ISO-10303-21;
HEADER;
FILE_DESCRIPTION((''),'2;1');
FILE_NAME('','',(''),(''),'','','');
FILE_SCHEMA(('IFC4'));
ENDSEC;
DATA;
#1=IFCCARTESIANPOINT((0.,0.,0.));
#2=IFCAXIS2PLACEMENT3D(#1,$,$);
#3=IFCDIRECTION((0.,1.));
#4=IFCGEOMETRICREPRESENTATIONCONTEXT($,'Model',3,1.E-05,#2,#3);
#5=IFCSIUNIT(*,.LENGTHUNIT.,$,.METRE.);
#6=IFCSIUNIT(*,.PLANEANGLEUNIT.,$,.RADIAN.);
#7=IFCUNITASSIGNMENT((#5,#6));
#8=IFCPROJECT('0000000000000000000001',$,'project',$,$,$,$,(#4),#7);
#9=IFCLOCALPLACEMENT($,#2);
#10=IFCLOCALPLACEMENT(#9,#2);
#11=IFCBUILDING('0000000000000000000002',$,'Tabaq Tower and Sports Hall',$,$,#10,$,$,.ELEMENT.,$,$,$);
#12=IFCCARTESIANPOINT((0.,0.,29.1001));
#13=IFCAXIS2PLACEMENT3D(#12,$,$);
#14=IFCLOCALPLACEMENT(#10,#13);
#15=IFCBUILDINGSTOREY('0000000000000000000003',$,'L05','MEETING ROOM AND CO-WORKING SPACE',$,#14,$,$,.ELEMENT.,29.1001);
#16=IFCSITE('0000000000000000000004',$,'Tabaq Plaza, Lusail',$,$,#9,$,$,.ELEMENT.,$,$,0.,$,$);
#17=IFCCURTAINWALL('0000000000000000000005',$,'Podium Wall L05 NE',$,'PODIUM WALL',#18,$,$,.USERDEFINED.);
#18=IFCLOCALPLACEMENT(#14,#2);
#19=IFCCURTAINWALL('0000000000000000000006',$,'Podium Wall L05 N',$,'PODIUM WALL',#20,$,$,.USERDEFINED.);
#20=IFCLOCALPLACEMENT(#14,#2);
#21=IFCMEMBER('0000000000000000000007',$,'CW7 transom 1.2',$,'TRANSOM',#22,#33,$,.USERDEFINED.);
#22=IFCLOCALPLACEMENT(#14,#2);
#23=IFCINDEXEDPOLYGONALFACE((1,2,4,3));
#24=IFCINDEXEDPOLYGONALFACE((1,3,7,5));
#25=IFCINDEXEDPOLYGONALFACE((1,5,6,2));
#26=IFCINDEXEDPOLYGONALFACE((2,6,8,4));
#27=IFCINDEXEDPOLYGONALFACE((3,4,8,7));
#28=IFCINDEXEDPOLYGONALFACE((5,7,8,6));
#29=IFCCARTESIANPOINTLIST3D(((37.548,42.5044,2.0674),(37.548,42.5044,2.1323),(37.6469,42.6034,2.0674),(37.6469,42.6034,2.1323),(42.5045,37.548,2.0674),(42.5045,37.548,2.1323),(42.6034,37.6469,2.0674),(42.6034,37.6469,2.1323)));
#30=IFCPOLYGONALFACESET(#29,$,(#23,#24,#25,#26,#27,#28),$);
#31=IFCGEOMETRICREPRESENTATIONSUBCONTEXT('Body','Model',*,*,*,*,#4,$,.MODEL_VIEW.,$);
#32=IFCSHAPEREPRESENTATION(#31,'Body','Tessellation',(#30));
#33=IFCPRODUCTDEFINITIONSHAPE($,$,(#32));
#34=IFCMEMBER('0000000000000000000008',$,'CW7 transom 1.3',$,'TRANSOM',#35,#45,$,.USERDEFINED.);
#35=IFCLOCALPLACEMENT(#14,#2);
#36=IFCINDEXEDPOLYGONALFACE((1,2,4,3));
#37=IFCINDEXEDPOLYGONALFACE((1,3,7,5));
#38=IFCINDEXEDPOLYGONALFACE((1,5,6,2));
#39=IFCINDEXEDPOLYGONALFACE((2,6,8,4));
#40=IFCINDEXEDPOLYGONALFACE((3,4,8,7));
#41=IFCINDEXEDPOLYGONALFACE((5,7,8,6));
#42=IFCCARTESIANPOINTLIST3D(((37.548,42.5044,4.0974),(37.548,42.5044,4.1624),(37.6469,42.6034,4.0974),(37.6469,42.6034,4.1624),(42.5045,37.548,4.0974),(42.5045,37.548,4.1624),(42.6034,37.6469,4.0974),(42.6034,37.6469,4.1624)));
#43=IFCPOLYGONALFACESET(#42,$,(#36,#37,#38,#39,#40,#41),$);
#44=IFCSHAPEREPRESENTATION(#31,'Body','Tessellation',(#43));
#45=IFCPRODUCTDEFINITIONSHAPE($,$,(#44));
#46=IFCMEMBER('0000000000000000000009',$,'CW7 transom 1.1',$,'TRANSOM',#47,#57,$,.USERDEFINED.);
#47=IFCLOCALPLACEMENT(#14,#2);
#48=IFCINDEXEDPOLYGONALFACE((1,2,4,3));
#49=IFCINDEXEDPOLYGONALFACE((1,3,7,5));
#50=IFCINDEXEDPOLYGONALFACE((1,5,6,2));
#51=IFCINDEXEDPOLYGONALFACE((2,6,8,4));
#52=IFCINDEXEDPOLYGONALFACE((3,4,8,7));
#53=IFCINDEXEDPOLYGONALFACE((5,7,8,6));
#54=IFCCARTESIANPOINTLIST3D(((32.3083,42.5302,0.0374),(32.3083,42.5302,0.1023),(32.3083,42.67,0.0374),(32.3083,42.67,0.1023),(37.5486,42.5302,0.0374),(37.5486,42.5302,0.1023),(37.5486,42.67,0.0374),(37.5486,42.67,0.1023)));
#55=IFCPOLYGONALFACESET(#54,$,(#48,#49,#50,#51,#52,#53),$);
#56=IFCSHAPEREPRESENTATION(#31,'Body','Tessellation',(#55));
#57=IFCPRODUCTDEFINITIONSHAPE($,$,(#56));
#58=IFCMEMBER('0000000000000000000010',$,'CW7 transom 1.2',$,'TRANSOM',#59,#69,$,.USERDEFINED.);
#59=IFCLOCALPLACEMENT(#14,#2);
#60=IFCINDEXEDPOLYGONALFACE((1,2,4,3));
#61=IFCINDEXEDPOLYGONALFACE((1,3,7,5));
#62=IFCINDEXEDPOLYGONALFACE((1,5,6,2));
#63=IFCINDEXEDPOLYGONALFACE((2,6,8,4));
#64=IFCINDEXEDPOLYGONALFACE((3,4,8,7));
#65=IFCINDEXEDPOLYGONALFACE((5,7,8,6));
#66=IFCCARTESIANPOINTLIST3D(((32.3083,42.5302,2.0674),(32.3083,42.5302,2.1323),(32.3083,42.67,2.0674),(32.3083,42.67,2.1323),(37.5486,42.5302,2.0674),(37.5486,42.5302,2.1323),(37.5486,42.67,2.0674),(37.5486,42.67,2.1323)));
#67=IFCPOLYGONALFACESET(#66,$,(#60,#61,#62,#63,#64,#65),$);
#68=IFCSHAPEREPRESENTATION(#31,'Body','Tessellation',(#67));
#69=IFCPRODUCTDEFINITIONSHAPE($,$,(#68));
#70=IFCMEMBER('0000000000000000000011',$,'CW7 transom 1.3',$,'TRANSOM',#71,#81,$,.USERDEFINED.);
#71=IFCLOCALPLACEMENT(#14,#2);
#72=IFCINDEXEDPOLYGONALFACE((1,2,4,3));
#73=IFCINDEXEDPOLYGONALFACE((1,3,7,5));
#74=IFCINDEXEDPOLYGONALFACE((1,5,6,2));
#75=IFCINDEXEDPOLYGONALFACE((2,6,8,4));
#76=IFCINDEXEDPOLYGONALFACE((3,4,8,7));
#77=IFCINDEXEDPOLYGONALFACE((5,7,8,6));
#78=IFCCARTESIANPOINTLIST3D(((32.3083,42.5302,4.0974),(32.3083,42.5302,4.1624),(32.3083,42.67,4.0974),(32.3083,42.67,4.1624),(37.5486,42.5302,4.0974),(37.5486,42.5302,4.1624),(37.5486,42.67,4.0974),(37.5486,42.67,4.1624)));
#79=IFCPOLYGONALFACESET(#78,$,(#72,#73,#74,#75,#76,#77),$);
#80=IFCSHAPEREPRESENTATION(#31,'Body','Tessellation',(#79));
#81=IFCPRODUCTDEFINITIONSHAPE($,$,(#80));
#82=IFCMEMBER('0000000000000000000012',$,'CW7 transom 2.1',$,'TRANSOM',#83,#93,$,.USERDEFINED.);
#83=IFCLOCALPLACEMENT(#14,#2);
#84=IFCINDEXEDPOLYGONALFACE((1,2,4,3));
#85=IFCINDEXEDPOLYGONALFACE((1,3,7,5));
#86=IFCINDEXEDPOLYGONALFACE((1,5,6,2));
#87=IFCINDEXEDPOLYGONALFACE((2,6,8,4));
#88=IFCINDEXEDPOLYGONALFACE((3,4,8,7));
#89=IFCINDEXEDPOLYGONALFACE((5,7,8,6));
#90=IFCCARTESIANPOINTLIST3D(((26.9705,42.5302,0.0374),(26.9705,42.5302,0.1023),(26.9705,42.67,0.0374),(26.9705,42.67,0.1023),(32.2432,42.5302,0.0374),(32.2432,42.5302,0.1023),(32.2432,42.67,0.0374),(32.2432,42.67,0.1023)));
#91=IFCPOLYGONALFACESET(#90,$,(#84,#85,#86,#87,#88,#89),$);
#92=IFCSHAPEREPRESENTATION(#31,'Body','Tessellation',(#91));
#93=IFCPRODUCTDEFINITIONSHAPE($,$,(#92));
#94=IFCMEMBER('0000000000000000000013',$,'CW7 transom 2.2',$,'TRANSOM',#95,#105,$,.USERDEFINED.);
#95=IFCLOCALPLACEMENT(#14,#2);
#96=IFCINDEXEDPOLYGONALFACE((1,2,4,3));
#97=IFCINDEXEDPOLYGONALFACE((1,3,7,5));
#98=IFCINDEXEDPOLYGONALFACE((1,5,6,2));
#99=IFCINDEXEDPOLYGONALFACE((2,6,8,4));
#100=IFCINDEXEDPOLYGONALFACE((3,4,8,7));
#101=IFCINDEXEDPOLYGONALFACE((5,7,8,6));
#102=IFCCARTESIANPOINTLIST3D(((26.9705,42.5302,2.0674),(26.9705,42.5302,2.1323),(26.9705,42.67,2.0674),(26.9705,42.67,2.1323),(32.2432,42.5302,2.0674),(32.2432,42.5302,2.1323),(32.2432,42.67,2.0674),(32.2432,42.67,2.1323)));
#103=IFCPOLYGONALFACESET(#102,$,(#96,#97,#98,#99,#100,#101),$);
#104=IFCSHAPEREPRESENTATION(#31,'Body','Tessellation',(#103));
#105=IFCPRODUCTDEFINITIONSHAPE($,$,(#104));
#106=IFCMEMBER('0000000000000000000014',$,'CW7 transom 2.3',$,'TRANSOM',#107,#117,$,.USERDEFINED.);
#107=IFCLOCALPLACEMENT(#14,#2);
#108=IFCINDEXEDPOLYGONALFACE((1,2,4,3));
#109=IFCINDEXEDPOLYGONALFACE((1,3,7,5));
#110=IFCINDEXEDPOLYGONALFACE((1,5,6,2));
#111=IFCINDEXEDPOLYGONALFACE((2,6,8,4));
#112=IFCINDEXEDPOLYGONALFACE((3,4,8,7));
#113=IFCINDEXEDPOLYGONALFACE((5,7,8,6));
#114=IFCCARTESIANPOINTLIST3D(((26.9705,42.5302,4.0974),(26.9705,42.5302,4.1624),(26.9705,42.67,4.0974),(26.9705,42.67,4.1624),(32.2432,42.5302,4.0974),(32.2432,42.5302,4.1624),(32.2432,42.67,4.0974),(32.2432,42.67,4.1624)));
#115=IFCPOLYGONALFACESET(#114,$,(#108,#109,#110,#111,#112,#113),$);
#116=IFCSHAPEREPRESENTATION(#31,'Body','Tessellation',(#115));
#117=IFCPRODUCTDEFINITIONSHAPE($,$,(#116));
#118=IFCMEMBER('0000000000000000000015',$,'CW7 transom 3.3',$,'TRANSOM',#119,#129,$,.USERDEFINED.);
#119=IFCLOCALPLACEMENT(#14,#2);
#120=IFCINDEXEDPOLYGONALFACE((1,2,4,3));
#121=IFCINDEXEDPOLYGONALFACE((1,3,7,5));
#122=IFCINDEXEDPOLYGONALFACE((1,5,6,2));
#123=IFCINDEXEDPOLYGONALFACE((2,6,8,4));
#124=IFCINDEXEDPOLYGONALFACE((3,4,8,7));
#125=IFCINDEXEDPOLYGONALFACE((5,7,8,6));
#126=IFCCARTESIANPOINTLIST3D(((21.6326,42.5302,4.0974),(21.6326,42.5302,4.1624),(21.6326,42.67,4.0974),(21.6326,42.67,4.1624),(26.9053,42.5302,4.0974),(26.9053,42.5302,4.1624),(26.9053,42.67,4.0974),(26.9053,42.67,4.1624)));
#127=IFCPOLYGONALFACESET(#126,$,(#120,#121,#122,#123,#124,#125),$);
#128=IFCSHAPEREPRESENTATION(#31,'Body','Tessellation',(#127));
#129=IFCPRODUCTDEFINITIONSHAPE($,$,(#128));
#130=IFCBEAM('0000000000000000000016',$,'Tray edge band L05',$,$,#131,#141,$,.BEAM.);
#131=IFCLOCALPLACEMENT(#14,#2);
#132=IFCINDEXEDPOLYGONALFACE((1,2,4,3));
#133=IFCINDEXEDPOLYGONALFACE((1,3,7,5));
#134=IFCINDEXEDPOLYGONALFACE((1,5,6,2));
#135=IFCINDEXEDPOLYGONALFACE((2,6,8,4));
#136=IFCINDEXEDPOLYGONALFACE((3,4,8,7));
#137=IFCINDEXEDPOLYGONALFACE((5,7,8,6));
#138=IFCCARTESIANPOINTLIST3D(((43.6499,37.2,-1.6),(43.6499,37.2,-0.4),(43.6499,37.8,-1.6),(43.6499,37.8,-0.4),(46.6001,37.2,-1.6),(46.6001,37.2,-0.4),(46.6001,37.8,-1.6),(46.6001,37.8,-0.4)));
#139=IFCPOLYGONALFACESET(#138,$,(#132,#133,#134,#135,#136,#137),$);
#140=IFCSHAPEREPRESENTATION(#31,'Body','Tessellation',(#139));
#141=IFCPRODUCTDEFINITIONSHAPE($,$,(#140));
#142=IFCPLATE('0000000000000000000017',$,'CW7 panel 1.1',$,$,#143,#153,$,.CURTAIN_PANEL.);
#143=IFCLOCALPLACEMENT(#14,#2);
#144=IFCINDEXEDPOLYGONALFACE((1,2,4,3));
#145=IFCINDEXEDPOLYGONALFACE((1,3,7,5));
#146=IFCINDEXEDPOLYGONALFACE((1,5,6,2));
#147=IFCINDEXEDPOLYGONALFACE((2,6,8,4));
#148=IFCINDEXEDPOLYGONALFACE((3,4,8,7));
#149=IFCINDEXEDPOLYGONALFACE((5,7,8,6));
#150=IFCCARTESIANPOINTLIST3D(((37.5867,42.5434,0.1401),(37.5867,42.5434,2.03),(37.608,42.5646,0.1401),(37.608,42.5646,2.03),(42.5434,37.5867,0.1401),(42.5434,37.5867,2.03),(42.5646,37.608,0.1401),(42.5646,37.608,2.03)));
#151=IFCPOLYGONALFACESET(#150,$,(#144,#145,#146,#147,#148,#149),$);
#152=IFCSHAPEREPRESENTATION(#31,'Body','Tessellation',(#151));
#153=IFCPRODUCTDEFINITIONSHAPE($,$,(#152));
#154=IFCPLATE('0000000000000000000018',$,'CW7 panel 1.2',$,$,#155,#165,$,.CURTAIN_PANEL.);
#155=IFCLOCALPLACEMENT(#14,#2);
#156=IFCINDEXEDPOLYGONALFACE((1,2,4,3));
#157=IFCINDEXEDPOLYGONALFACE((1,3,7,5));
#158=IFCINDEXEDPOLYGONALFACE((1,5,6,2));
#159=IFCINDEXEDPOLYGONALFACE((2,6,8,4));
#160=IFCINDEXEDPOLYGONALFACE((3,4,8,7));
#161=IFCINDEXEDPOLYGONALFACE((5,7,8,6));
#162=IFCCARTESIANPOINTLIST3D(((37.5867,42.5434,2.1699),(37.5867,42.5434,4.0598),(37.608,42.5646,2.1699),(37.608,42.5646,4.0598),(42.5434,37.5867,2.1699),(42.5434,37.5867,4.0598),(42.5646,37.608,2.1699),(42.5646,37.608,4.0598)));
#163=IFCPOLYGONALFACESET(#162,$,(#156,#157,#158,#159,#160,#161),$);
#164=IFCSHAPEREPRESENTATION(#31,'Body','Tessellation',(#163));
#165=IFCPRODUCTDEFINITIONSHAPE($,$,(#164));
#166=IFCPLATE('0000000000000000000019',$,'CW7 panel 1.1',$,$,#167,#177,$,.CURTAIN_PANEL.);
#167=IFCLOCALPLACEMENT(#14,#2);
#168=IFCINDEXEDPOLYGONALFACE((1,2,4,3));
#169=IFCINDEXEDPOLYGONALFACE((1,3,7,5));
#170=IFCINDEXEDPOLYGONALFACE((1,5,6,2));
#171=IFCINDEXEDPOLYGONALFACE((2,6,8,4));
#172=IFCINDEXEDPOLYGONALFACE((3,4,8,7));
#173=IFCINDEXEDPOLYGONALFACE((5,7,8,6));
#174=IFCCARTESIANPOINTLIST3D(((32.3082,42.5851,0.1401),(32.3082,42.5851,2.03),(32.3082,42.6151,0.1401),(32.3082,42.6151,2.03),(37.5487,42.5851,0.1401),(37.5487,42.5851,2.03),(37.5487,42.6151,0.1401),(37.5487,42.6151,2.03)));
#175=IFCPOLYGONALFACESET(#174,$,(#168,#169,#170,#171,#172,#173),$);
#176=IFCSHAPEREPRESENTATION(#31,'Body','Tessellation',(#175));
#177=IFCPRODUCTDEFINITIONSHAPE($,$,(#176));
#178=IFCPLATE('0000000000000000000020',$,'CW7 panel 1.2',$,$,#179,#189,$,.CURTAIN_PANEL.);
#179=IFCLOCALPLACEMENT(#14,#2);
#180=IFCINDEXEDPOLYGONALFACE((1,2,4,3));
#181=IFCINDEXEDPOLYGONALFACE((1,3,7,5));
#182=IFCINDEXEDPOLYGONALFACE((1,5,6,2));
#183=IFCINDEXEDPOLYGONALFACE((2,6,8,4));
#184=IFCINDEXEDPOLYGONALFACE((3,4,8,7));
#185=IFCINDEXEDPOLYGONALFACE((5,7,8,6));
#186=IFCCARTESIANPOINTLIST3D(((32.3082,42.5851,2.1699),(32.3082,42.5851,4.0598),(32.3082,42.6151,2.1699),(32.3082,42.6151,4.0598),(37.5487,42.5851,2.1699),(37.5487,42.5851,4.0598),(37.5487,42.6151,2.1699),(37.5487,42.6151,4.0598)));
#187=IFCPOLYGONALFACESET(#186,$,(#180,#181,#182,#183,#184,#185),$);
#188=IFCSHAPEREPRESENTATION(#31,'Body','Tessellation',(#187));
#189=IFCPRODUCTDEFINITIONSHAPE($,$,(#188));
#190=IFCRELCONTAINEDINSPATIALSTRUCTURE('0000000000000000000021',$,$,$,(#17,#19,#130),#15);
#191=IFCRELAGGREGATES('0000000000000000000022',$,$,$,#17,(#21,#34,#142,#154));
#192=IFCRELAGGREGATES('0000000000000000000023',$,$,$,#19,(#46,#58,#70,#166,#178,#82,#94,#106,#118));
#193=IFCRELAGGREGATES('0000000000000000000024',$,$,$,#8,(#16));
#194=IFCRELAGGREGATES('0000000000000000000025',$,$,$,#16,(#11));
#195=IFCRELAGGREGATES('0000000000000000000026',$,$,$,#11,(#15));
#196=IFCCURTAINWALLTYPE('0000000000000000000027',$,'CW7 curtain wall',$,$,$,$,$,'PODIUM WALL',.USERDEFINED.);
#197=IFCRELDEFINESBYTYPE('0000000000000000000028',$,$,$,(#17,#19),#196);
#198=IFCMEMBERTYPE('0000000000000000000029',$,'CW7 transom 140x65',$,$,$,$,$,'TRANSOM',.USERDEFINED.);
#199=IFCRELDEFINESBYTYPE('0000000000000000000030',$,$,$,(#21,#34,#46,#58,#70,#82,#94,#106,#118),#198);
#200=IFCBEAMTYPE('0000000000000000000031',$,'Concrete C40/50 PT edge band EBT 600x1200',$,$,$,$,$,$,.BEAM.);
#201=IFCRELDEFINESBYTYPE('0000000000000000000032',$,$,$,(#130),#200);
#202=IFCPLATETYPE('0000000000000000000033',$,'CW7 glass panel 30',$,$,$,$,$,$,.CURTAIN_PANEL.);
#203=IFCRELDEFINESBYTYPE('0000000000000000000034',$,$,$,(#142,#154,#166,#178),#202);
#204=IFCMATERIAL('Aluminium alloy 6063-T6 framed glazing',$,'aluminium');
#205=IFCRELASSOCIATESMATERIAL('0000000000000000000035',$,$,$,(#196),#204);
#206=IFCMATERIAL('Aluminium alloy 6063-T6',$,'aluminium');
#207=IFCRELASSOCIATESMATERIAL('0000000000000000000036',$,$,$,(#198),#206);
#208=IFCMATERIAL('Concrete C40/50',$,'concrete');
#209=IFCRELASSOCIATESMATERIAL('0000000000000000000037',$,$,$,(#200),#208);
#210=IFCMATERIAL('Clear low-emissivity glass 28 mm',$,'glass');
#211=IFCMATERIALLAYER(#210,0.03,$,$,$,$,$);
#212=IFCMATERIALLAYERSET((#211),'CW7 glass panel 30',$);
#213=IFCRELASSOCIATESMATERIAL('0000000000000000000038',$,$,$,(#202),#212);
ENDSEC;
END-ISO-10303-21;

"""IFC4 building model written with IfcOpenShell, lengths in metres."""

from ifc_helpers import new_model, si_unit, direction, frame, origin, origin_2d, place, context, subcontext, project, spatial, rectangle, extrude, material, layer, layer_set, material_profile, profile_set, type_object, element, aggregate, save


model = new_model("IFC4")

# Units and contexts
model_context = context("Model", 3, precision=1e-05, world=origin(), true_north=direction((0.0, 1.0)))
body_context = subcontext(model_context, "Body", "Model", "MODEL_VIEW")
ifc_project = project(units=[si_unit("LENGTHUNIT", "METRE"), si_unit("PLANEANGLEUNIT", "RADIAN")], contexts=[model_context])

# Site, building, storey
site_placement = place(None, origin())
site = spatial("IfcSite", under=ifc_project, at=site_placement, Name="Tabaq Plaza, Lusail", CompositionType="ELEMENT", RefElevation=0.0)
building_placement = place(site_placement, origin())
building = spatial("IfcBuilding", under=site, at=building_placement, Name="Tabaq Tower and Sports Hall", CompositionType="ELEMENT")
storey_placement = place(building_placement, frame((0.0, 0.0, 29.1001)))
storey = spatial("IfcBuildingStorey", under=building, at=storey_placement, Name="L05", Description="MEETING ROOM AND CO-WORKING SPACE", CompositionType="ELEMENT", Elevation=29.1001)

# Shared definitions
ifc_material_1 = material(Name="Aluminium alloy 6063-T6 framed glazing", Category="aluminium")
curtain_wall_type = type_object("IfcCurtainWallType", Name="CW7 curtain wall", ElementType="PODIUM WALL", PredefinedType="USERDEFINED", material=ifc_material_1)

# Curtain walls
curtain_wall_1_placement = place(storey_placement, origin())
curtain_wall_1 = element("IfcCurtainWall", 1, at=curtain_wall_1_placement, inside=storey, type_object=curtain_wall_type, Name="Podium Wall L05 NE", ObjectType="PODIUM WALL", PredefinedType="USERDEFINED")
curtain_wall_2_placement = place(storey_placement, origin())
curtain_wall_2 = element("IfcCurtainWall", 2, at=curtain_wall_2_placement, inside=storey, type_object=curtain_wall_type, Name="Podium Wall L05 N", ObjectType="PODIUM WALL", PredefinedType="USERDEFINED")

# Members
ifc_material_2 = material(Name="Aluminium alloy 6063-T6", Category="aluminium")
ifc_material_profile_1 = material_profile(ifc_material_2, rectangle(XDim=0.1399, YDim=0.0649, at=origin_2d()), Name="TRANSOM 140x65")
ifc_profile_set_1 = profile_set([ifc_material_profile_1], Name="Aluminium alloy 6063-T6")
member_type_1 = type_object("IfcMemberType", Name="CW7 transom 140x65", ElementType="TRANSOM", PredefinedType="USERDEFINED", material=ifc_profile_set_1)
member_1_placement = place(storey_placement, frame((42.554, 37.5974, 2.0999), z_axis=(-0.707107, 0.707107, 0.0), x_axis=(-0.707107, -0.707107, 0.0)))
member_1 = element("IfcMember", 3, at=member_1_placement, type_object=member_type_1, Name="CW7 transom 1.2", ObjectType="TRANSOM", PredefinedType="USERDEFINED", context=body_context, shape_type="SweptSolid", body=[
    extrude(rectangle(XDim=0.1399, YDim=0.0649, at=origin_2d()), origin(), (0.0, 0.0, 1.0), 7.0095),
])
member_2_placement = place(storey_placement, frame((42.554, 37.5974, 4.1299), z_axis=(-0.707107, 0.707107, 0.0), x_axis=(-0.707107, -0.707107, 0.0)))
member_2 = element("IfcMember", 4, at=member_2_placement, type_object=member_type_1, Name="CW7 transom 1.3", ObjectType="TRANSOM", PredefinedType="USERDEFINED", context=body_context, shape_type="SweptSolid", body=[
    extrude(rectangle(XDim=0.1399, YDim=0.0649, at=origin_2d()), origin(), (0.0, 0.0, 1.0), 7.0095),
])
member_3_placement = place(storey_placement, frame((37.5486, 42.6001, 0.0698), z_axis=(-1.0, 0.0, 0.0), x_axis=(0.0, -1.0, 0.0)))
member_3 = element("IfcMember", 5, at=member_3_placement, type_object=member_type_1, Name="CW7 transom 1.1", ObjectType="TRANSOM", PredefinedType="USERDEFINED", context=body_context, shape_type="SweptSolid", body=[
    extrude(rectangle(XDim=0.1399, YDim=0.0649, at=origin_2d()), origin(), (0.0, 0.0, 1.0), 5.2402),
])
member_4_placement = place(storey_placement, frame((37.5486, 42.6001, 2.0999), z_axis=(-1.0, 0.0, 0.0), x_axis=(0.0, -1.0, 0.0)))
member_4 = element("IfcMember", 6, at=member_4_placement, type_object=member_type_1, Name="CW7 transom 1.2", ObjectType="TRANSOM", PredefinedType="USERDEFINED", context=body_context, shape_type="SweptSolid", body=[
    extrude(rectangle(XDim=0.1399, YDim=0.0649, at=origin_2d()), origin(), (0.0, 0.0, 1.0), 5.2402),
])
member_5_placement = place(storey_placement, frame((37.5486, 42.6001, 4.1299), z_axis=(-1.0, 0.0, 0.0), x_axis=(0.0, -1.0, 0.0)))
member_5 = element("IfcMember", 7, at=member_5_placement, type_object=member_type_1, Name="CW7 transom 1.3", ObjectType="TRANSOM", PredefinedType="USERDEFINED", context=body_context, shape_type="SweptSolid", body=[
    extrude(rectangle(XDim=0.1399, YDim=0.0649, at=origin_2d()), origin(), (0.0, 0.0, 1.0), 5.2402),
])
member_6_placement = place(storey_placement, frame((32.2432, 42.6001, 0.0698), z_axis=(-1.0, 0.0, 0.0), x_axis=(0.0, -1.0, 0.0)))
member_6 = element("IfcMember", 8, at=member_6_placement, type_object=member_type_1, Name="CW7 transom 2.1", ObjectType="TRANSOM", PredefinedType="USERDEFINED", context=body_context, shape_type="SweptSolid", body=[
    extrude(rectangle(XDim=0.1399, YDim=0.0649, at=origin_2d()), origin(), (0.0, 0.0, 1.0), 5.2727),
])
member_7_placement = place(storey_placement, frame((32.2432, 42.6001, 2.0999), z_axis=(-1.0, 0.0, 0.0), x_axis=(0.0, -1.0, 0.0)))
member_7 = element("IfcMember", 9, at=member_7_placement, type_object=member_type_1, Name="CW7 transom 2.2", ObjectType="TRANSOM", PredefinedType="USERDEFINED", context=body_context, shape_type="SweptSolid", body=[
    extrude(rectangle(XDim=0.1399, YDim=0.0649, at=origin_2d()), origin(), (0.0, 0.0, 1.0), 5.2727),
])
member_8_placement = place(storey_placement, frame((32.2432, 42.6001, 4.1299), z_axis=(-1.0, 0.0, 0.0), x_axis=(0.0, -1.0, 0.0)))
member_8 = element("IfcMember", 10, at=member_8_placement, type_object=member_type_1, Name="CW7 transom 2.3", ObjectType="TRANSOM", PredefinedType="USERDEFINED", context=body_context, shape_type="SweptSolid", body=[
    extrude(rectangle(XDim=0.1399, YDim=0.0649, at=origin_2d()), origin(), (0.0, 0.0, 1.0), 5.2727),
])
member_9_placement = place(storey_placement, frame((26.9053, 42.6001, 4.1299), z_axis=(-1.0, 0.0, 0.0), x_axis=(0.0, -1.0, 0.0)))
member_9 = element("IfcMember", 11, at=member_9_placement, type_object=member_type_1, Name="CW7 transom 3.3", ObjectType="TRANSOM", PredefinedType="USERDEFINED", context=body_context, shape_type="SweptSolid", body=[
    extrude(rectangle(XDim=0.1399, YDim=0.0649, at=origin_2d()), origin(), (0.0, 0.0, 1.0), 5.2727),
])

# Beam
ifc_material_3 = material(Name="Concrete C40/50", Category="concrete")
ifc_material_profile_2 = material_profile(ifc_material_3, rectangle(XDim=0.6001, YDim=1.2, at=origin_2d()), Name="EBT 600x1200")
ifc_profile_set_2 = profile_set([ifc_material_profile_2], Name="Concrete C40/50")
beam_type = type_object("IfcBeamType", Name="Concrete C40/50 PT edge band EBT 600x1200", PredefinedType="BEAM", material=ifc_profile_set_2)
beam_placement = place(storey_placement, frame((43.6499, 37.5, -1.0), z_axis=(1.0, 0.0, 0.0), x_axis=(0.0, 1.0, 0.0)))
element("IfcBeam", 12, at=beam_placement, inside=storey, type_object=beam_type, Name="Tray edge band L05", PredefinedType="BEAM", context=body_context, shape_type="SweptSolid", body=[
    extrude(rectangle(XDim=0.6001, YDim=1.2, at=origin_2d()), origin(), (0.0, 0.0, 1.0), 2.9502),
])

# Plates
ifc_material_4 = material(Name="Clear low-emissivity glass 28 mm", Category="glass")
ifc_layer_1 = layer(ifc_material_4, 0.03)
ifc_layer_set_1 = layer_set([ifc_layer_1], Name="CW7 glass panel 30")
plate_type = type_object("IfcPlateType", Name="CW7 glass panel 30", PredefinedType="CURTAIN_PANEL", material=ifc_layer_set_1)
plate_1_placement = place(storey_placement, frame((40.0757, 40.0757, 0.1401), z_axis=(0.0, 0.0, 1.0), x_axis=(-0.707107, 0.707107, 0.0)))
plate_1 = element("IfcPlate", 13, at=plate_1_placement, type_object=plate_type, Name="CW7 panel 1.1", PredefinedType="CURTAIN_PANEL", context=body_context, shape_type="SweptSolid", body=[
    extrude(rectangle(XDim=7.0098, YDim=0.03, at=origin_2d()), origin(), (0.0, 0.0, 1.0), 1.8899),
])
plate_2_placement = place(storey_placement, frame((40.0757, 40.0757, 2.1699), z_axis=(0.0, 0.0, 1.0), x_axis=(-0.707107, 0.707107, 0.0)))
plate_2 = element("IfcPlate", 14, at=plate_2_placement, type_object=plate_type, Name="CW7 panel 1.2", PredefinedType="CURTAIN_PANEL", context=body_context, shape_type="SweptSolid", body=[
    extrude(rectangle(XDim=7.0098, YDim=0.03, at=origin_2d()), origin(), (0.0, 0.0, 1.0), 1.8899),
])
aggregate(curtain_wall_1, [member_1, member_2, plate_1, plate_2])
plate_3_placement = place(storey_placement, frame((34.9285, 42.6001, 0.1401), z_axis=(0.0, 0.0, 1.0), x_axis=(-1.0, 0.0, 0.0)))
plate_3 = element("IfcPlate", 15, at=plate_3_placement, type_object=plate_type, Name="CW7 panel 1.1", PredefinedType="CURTAIN_PANEL", context=body_context, shape_type="SweptSolid", body=[
    extrude(rectangle(XDim=5.2405, YDim=0.03, at=origin_2d()), origin(), (0.0, 0.0, 1.0), 1.8899),
])
plate_4_placement = place(storey_placement, frame((34.9285, 42.6001, 2.1699), z_axis=(0.0, 0.0, 1.0), x_axis=(-1.0, 0.0, 0.0)))
plate_4 = element("IfcPlate", 16, at=plate_4_placement, type_object=plate_type, Name="CW7 panel 1.2", PredefinedType="CURTAIN_PANEL", context=body_context, shape_type="SweptSolid", body=[
    extrude(rectangle(XDim=5.2405, YDim=0.03, at=origin_2d()), origin(), (0.0, 0.0, 1.0), 1.8899),
])
aggregate(curtain_wall_2, [member_3, member_4, member_5, plate_3, plate_4, member_6, member_7, member_8, member_9])

save(model, "model.ifc")
